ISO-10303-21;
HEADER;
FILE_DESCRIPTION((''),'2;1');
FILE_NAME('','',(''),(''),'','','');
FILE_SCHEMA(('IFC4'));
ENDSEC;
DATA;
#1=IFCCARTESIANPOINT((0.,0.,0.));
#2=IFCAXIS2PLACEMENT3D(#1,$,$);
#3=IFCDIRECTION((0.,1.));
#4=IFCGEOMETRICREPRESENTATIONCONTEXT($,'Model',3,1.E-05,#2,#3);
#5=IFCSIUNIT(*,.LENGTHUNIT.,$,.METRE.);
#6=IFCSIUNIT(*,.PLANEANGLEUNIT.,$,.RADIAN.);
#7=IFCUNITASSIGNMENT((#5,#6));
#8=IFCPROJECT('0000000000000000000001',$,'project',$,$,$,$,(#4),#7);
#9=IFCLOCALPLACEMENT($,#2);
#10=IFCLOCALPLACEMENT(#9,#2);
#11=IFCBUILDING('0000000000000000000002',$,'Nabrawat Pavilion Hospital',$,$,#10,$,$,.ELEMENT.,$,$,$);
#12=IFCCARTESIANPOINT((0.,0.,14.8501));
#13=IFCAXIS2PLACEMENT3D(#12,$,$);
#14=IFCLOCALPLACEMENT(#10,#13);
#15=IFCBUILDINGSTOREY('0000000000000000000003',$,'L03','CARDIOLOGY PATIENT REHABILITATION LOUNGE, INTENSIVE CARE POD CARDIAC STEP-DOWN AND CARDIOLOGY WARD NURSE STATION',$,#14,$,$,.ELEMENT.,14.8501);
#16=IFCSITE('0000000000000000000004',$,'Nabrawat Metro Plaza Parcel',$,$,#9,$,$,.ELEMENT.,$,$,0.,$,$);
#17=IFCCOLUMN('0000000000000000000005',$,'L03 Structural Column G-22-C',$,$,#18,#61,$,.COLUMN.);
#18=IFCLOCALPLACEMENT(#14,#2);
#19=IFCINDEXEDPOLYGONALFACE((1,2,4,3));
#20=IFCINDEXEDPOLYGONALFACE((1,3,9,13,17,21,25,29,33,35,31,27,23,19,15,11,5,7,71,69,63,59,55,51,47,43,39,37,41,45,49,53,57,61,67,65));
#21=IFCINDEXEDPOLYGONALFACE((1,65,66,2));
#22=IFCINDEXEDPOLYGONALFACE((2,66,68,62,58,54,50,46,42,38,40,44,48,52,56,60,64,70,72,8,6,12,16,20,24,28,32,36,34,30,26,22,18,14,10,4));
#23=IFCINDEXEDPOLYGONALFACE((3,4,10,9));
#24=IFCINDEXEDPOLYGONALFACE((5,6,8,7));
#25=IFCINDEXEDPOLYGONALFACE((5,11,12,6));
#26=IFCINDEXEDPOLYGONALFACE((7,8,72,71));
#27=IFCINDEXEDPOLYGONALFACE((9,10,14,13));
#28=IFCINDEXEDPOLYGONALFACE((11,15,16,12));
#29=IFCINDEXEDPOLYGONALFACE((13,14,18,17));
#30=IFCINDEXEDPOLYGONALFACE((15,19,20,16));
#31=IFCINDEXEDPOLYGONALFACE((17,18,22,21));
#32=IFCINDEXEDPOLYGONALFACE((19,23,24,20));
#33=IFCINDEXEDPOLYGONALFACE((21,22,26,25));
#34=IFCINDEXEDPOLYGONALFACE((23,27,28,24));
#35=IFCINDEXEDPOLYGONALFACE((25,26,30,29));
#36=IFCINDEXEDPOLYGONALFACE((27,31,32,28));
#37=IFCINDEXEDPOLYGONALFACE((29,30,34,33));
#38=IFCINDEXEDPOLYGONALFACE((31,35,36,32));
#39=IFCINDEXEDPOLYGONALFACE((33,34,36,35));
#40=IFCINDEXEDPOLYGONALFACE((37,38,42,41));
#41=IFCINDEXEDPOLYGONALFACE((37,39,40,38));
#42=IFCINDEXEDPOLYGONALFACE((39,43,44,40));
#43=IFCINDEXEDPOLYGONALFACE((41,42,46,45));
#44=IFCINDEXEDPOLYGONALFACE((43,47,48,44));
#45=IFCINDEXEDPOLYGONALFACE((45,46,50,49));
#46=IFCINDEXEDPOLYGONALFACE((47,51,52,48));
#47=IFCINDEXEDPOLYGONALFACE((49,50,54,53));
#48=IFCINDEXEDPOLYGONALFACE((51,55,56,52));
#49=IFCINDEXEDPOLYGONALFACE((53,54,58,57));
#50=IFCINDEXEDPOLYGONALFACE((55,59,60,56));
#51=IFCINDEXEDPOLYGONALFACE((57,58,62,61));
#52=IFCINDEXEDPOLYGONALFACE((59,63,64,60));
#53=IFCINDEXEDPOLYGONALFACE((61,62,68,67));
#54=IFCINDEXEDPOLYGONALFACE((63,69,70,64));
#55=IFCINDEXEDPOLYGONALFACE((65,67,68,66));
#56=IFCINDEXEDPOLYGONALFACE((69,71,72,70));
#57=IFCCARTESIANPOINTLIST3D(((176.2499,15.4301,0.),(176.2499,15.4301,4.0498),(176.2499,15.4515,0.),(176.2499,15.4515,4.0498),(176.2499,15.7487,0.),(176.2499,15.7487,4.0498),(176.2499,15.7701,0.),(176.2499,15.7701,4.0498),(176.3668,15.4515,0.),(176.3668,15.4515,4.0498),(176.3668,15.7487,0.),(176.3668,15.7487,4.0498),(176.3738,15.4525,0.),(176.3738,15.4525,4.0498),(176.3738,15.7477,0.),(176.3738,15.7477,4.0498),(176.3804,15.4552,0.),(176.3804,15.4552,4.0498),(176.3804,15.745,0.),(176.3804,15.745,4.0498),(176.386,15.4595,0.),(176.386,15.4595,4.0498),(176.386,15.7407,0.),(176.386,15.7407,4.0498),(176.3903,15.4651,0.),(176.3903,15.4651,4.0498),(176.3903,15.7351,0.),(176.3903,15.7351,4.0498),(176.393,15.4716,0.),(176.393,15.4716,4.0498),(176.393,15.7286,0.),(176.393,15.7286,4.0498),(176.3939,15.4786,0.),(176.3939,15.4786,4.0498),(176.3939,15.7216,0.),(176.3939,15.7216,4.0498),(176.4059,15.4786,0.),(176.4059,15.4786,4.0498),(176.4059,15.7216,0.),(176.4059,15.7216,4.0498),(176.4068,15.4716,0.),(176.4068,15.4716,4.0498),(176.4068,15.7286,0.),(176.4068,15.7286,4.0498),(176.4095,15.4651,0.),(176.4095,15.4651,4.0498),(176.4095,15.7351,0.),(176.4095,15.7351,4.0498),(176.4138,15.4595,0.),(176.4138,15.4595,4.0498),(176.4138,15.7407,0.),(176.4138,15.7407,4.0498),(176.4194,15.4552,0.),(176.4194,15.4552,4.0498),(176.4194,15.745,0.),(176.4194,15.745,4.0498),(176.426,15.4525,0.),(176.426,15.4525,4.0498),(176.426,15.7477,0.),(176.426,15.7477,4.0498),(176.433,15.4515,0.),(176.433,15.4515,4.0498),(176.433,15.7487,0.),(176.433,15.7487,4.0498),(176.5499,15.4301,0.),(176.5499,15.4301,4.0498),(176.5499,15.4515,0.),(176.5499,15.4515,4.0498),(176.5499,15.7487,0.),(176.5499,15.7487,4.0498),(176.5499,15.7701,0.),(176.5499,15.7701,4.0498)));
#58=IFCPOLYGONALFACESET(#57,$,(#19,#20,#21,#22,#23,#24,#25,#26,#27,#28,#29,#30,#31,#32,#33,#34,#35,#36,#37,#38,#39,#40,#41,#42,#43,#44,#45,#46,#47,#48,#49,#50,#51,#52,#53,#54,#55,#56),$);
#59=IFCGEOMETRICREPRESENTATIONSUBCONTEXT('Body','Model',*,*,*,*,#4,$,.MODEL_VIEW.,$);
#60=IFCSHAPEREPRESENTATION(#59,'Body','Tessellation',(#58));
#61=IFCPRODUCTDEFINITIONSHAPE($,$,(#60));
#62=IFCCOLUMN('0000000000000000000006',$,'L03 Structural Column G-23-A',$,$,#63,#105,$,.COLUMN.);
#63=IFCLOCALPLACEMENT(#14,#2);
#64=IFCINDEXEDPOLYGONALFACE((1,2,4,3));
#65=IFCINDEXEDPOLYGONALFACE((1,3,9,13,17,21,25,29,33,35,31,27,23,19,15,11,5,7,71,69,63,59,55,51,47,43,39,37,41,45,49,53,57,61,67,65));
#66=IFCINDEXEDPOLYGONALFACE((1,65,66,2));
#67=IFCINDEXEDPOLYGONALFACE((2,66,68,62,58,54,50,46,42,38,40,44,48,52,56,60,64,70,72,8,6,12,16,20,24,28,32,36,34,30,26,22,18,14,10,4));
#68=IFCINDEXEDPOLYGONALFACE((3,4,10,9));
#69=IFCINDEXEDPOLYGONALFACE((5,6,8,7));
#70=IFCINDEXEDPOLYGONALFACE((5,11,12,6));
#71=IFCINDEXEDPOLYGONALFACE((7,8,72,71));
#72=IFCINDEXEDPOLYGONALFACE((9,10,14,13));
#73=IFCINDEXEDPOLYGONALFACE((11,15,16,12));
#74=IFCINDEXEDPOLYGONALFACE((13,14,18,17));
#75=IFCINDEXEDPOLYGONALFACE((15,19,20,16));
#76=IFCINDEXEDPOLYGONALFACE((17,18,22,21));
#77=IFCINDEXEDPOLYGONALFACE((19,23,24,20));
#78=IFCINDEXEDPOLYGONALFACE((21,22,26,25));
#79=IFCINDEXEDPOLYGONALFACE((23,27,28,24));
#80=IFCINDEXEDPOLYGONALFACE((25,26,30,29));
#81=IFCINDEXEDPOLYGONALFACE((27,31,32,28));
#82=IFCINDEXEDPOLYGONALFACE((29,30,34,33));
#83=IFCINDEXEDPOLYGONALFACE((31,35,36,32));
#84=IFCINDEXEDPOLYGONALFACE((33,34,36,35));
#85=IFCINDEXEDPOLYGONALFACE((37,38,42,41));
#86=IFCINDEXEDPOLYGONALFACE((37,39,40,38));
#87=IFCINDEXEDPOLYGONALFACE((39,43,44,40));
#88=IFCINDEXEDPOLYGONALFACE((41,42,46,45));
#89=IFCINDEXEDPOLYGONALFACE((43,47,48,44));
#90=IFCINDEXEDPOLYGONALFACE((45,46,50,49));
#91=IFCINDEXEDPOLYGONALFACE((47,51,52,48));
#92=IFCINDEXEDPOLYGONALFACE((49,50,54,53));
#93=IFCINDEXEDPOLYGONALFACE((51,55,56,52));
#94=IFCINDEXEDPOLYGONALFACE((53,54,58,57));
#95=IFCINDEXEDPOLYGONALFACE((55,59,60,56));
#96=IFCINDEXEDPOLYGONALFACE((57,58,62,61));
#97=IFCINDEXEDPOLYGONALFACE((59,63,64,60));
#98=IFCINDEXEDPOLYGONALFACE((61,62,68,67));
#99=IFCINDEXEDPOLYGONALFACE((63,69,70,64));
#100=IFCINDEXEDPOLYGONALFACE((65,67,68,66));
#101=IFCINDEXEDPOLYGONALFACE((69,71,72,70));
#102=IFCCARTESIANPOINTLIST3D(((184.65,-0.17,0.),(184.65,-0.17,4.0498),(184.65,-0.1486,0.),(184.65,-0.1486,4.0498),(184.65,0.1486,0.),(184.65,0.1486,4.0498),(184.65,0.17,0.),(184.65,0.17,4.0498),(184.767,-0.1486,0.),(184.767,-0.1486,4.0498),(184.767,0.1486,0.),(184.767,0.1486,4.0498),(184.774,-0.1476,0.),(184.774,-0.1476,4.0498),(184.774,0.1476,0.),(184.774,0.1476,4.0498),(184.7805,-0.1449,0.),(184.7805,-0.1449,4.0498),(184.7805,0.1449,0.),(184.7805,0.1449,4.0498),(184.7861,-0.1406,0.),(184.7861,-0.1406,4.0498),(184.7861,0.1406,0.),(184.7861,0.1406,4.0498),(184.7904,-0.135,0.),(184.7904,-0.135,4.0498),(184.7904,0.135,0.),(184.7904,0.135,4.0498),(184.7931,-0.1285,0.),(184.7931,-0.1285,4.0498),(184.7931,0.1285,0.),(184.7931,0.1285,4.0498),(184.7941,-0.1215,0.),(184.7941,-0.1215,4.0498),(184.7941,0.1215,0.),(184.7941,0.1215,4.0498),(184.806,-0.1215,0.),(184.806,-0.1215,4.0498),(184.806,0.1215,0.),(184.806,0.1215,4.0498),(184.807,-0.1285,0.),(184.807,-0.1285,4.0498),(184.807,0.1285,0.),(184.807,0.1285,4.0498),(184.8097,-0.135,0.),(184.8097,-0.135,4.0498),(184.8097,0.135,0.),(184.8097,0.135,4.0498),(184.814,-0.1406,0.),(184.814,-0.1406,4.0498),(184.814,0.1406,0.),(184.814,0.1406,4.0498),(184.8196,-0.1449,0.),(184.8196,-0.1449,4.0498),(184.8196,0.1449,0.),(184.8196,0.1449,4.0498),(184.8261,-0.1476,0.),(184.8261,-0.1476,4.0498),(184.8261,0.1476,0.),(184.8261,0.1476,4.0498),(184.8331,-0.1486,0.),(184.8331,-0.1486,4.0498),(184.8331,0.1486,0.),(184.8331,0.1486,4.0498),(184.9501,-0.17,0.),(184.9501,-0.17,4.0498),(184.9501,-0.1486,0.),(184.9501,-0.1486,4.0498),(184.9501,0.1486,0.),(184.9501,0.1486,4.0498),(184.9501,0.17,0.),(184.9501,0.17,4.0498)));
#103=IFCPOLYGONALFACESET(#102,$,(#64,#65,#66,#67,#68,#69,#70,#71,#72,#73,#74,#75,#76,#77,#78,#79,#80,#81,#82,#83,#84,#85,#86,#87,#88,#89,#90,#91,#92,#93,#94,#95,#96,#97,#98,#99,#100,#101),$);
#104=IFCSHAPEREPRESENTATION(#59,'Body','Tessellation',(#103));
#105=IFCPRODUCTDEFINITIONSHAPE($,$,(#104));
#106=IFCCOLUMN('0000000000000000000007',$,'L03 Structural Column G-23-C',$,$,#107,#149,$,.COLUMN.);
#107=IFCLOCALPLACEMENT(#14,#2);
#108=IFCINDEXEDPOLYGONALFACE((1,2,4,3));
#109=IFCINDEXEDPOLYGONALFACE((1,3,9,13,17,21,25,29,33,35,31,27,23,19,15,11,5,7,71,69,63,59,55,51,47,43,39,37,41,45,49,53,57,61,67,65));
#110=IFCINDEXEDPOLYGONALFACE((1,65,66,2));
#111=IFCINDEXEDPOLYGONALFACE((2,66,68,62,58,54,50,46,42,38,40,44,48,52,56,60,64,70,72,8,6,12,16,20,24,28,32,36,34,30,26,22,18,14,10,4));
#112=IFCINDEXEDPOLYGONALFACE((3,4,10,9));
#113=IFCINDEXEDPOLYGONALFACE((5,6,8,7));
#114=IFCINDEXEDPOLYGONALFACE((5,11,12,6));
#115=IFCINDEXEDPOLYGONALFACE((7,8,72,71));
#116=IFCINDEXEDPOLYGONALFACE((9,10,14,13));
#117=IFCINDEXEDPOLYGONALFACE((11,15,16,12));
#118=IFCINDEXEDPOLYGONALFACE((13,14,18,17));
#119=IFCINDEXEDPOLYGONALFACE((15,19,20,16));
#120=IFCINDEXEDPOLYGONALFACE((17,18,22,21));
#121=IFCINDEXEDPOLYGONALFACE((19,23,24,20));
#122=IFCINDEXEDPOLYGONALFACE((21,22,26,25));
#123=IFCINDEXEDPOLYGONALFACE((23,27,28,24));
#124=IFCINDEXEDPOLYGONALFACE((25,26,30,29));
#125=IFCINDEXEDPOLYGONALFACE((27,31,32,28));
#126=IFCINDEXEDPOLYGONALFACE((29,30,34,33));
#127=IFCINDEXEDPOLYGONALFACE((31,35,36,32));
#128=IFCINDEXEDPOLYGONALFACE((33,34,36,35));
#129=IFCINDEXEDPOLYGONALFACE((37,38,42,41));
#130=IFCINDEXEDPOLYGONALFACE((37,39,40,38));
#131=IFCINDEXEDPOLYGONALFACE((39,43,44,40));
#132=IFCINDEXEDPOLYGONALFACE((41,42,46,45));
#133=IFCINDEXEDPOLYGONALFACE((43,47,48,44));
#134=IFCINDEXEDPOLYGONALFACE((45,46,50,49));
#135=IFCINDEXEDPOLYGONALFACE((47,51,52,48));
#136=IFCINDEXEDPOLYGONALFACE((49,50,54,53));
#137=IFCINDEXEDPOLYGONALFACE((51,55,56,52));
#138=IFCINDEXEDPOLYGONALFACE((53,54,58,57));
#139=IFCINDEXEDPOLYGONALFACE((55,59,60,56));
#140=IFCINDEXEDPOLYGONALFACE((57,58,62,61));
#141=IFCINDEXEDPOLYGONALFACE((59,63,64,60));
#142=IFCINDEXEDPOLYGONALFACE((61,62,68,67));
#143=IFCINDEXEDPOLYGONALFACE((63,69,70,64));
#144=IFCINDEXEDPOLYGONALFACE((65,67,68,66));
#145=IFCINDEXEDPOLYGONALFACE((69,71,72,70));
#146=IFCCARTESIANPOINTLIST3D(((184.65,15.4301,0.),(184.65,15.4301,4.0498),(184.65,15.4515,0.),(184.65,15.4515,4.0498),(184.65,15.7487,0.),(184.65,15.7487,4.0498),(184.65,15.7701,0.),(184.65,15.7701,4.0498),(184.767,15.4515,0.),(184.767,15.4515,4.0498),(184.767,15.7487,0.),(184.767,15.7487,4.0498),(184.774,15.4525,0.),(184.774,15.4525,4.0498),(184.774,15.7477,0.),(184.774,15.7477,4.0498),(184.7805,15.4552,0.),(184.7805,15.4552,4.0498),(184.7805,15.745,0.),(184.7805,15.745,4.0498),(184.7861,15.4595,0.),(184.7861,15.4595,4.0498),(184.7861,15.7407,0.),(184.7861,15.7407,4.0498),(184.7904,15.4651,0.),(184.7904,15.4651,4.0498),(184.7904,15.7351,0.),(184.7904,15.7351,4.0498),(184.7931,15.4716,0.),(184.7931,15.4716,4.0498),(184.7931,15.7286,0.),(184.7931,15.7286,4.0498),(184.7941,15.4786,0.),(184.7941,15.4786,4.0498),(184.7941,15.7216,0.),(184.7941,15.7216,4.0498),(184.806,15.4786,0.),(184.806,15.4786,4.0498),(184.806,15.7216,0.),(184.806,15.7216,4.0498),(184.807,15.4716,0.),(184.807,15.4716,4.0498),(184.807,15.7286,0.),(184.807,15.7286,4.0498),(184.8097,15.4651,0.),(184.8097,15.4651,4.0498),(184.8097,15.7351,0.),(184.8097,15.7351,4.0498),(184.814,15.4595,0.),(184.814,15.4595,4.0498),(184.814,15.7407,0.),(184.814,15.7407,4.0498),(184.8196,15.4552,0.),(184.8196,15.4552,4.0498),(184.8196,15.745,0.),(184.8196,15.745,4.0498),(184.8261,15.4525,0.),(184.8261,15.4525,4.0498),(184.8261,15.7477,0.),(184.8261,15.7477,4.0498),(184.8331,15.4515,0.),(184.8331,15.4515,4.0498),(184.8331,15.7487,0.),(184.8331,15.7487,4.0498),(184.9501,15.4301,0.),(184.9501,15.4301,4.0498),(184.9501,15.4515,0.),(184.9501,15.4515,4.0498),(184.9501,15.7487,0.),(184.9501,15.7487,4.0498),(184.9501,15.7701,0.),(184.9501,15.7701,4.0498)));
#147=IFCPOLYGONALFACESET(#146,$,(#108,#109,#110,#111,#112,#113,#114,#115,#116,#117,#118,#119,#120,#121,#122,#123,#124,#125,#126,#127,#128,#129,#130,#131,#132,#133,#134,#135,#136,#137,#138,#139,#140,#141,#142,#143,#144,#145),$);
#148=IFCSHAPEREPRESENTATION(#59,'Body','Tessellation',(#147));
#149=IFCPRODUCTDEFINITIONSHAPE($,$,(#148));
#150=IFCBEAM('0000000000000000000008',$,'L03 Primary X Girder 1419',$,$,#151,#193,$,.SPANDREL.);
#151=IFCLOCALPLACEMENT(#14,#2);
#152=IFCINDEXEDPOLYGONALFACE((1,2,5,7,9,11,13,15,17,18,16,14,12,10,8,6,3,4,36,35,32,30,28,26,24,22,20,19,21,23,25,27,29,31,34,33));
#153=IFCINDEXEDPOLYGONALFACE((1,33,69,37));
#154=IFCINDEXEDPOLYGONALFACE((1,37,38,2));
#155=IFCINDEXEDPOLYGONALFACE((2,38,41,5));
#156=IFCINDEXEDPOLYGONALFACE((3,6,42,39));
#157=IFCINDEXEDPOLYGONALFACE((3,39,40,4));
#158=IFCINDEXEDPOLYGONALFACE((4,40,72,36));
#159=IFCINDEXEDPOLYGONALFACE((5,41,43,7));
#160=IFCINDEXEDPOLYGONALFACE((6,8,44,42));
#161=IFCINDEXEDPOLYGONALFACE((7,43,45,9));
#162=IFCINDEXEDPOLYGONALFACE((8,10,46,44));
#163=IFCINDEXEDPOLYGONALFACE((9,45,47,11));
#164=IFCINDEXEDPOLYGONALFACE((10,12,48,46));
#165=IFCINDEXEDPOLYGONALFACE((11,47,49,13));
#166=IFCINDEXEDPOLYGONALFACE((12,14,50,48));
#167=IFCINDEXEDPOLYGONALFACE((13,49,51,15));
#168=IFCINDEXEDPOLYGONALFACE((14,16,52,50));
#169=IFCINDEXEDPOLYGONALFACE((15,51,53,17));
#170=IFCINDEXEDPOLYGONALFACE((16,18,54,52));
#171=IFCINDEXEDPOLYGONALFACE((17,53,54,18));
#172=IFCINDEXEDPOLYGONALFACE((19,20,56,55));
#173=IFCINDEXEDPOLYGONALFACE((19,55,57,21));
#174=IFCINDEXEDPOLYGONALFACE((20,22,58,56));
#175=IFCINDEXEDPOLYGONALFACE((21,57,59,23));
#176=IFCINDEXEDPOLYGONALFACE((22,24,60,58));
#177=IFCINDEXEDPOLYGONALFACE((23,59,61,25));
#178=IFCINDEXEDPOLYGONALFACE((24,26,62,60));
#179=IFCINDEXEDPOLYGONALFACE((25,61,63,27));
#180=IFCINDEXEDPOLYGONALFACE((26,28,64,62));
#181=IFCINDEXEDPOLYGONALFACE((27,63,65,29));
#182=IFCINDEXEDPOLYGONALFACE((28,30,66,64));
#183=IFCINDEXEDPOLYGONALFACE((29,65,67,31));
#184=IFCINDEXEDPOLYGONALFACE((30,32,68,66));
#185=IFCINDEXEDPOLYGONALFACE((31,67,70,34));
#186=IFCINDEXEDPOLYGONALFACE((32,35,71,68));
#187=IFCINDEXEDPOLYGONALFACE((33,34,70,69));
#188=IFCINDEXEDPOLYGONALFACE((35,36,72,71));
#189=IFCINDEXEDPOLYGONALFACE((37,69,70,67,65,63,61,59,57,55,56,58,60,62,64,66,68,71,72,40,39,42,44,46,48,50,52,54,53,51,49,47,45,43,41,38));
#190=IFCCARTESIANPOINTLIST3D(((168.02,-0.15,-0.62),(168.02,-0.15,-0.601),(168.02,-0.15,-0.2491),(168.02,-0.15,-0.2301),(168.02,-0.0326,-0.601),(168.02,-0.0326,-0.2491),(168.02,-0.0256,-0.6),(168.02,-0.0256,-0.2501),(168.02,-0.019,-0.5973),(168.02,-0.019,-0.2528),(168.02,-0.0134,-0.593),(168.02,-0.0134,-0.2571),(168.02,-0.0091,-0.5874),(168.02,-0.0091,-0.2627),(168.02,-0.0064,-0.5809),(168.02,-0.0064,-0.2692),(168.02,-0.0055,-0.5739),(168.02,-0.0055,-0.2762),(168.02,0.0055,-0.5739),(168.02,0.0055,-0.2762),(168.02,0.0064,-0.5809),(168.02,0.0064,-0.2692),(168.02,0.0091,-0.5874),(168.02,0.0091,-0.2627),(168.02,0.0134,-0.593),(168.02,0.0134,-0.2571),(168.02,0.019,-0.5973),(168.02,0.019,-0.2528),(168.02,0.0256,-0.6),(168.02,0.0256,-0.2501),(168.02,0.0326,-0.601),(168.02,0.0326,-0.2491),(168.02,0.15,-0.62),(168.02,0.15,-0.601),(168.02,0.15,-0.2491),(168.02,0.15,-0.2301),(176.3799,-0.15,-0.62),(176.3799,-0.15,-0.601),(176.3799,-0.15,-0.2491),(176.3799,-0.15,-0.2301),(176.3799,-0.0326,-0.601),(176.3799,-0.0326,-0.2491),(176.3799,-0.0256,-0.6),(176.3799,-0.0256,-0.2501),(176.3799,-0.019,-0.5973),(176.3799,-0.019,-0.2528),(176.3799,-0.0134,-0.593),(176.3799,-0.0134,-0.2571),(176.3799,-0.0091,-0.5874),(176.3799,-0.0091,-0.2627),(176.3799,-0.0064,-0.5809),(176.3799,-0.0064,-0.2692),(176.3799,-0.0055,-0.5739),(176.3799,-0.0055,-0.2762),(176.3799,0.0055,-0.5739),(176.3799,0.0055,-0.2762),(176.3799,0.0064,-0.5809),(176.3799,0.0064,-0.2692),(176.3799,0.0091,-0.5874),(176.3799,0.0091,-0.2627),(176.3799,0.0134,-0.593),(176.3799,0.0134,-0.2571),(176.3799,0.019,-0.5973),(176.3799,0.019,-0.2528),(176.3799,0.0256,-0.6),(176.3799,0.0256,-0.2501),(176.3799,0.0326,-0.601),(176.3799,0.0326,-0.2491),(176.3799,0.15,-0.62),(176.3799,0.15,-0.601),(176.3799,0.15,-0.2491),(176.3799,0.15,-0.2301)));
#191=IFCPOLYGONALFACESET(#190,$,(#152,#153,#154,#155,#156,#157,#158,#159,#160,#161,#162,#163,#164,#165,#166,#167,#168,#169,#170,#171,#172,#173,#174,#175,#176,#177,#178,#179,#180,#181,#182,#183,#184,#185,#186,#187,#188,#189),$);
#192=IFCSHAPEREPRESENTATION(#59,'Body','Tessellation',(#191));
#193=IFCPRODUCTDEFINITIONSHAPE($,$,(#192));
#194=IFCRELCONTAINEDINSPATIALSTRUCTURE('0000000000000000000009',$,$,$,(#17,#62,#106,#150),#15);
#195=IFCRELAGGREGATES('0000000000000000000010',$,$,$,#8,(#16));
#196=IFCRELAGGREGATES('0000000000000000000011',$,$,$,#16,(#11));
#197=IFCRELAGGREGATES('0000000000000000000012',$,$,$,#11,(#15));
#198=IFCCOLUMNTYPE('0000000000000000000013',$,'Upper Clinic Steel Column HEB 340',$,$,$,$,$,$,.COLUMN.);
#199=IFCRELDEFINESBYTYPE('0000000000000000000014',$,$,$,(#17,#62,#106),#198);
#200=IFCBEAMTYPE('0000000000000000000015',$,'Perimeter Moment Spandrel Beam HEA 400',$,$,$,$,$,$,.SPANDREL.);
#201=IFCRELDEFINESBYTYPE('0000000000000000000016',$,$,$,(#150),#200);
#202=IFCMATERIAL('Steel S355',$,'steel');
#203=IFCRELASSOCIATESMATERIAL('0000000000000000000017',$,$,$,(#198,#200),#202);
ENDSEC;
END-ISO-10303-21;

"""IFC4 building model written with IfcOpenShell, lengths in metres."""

from ifc_helpers import new_model, si_unit, direction, frame, origin, origin_2d, place, context, subcontext, project, spatial, i_section, extrude, material, material_profile, profile_set, type_object, element, save


model = new_model("IFC4")

# Units and contexts
model_context = context("Model", 3, precision=1e-05, world=origin(), true_north=direction((0.0, 1.0)))
body_context = subcontext(model_context, "Body", "Model", "MODEL_VIEW")
ifc_project = project(units=[si_unit("LENGTHUNIT", "METRE"), si_unit("PLANEANGLEUNIT", "RADIAN")], contexts=[model_context])

# Site, building, storey
site_placement = place(None, origin())
site = spatial("IfcSite", under=ifc_project, at=site_placement, Name="Nabrawat Metro Plaza Parcel", CompositionType="ELEMENT", RefElevation=0.0)
building_placement = place(site_placement, origin())
building = spatial("IfcBuilding", under=site, at=building_placement, Name="Nabrawat Pavilion Hospital", CompositionType="ELEMENT")
storey_placement = place(building_placement, frame((0.0, 0.0, 14.8501)))
storey = spatial("IfcBuildingStorey", under=building, at=storey_placement, Name="L03", Description="CARDIOLOGY PATIENT REHABILITATION LOUNGE, INTENSIVE CARE POD CARDIAC STEP-DOWN AND CARDIOLOGY WARD NURSE STATION", CompositionType="ELEMENT", Elevation=14.8501)

# Columns
ifc_material_1 = material(Name="Steel S355", Category="steel")
ifc_material_profile_1 = material_profile(ifc_material_1, i_section(OverallWidth=0.3, OverallDepth=0.3401, WebThickness=0.012, FlangeThickness=0.0215, FilletRadius=0.0271, at=origin_2d()), Name="HEB 340")
ifc_profile_set_1 = profile_set([ifc_material_profile_1], Name="Steel S355")
column_type = type_object("IfcColumnType", Name="Upper Clinic Steel Column HEB 340", PredefinedType="COLUMN", material=ifc_profile_set_1)
for number, where, z_axis, x_axis, name in (
    (1, (176.3999, 15.6001, 0.0), (0.0, 0.0, 1.0), (1.0, 0.0, 0.0), "L03 Structural Column G-22-C"),
    (2, (184.8, 0.0, 0.0), (0.0, 0.0, 1.0), (1.0, 0.0, 0.0), "L03 Structural Column G-23-A"),
    (3, (184.8, 15.6001, 0.0), (0.0, 0.0, 1.0), (1.0, 0.0, 0.0), "L03 Structural Column G-23-C"),
):
    element("IfcColumn", number, at=place(storey_placement, frame(where, z_axis=z_axis, x_axis=x_axis)), inside=storey, type_object=column_type, Name=name, PredefinedType="COLUMN", context=body_context, shape_type="SweptSolid", body=[
        extrude(i_section(OverallWidth=0.3, OverallDepth=0.3401, WebThickness=0.012, FlangeThickness=0.0215, FilletRadius=0.0271, at=origin_2d()), origin(), (0.0, 0.0, 1.0), 4.0498),
    ])

# Beam
ifc_material_profile_2 = material_profile(ifc_material_1, i_section(OverallWidth=0.3, OverallDepth=0.3899, WebThickness=0.011, FlangeThickness=0.019, FilletRadius=0.0271, at=origin_2d()), Name="HEA 400")
ifc_profile_set_2 = profile_set([ifc_material_profile_2], Name="Steel S355")
beam_type_1 = type_object("IfcBeamType", Name="Perimeter Moment Spandrel Beam HEA 400", PredefinedType="SPANDREL", material=ifc_profile_set_2)
beam_1_placement = place(storey_placement, frame((168.02, 0.0, -0.425), z_axis=(1.0, 0.0, 0.0), x_axis=(0.0, 1.0, 0.0)))
element("IfcBeam", 4, at=beam_1_placement, inside=storey, type_object=beam_type_1, Name="L03 Primary X Girder 1419", PredefinedType="SPANDREL", context=body_context, shape_type="SweptSolid", body=[
    extrude(i_section(OverallWidth=0.3, OverallDepth=0.3899, WebThickness=0.011, FlangeThickness=0.019, FilletRadius=0.0271, at=origin_2d()), origin(), (0.0, 0.0, 1.0), 8.3599),
])

save(model, "model.ifc")
